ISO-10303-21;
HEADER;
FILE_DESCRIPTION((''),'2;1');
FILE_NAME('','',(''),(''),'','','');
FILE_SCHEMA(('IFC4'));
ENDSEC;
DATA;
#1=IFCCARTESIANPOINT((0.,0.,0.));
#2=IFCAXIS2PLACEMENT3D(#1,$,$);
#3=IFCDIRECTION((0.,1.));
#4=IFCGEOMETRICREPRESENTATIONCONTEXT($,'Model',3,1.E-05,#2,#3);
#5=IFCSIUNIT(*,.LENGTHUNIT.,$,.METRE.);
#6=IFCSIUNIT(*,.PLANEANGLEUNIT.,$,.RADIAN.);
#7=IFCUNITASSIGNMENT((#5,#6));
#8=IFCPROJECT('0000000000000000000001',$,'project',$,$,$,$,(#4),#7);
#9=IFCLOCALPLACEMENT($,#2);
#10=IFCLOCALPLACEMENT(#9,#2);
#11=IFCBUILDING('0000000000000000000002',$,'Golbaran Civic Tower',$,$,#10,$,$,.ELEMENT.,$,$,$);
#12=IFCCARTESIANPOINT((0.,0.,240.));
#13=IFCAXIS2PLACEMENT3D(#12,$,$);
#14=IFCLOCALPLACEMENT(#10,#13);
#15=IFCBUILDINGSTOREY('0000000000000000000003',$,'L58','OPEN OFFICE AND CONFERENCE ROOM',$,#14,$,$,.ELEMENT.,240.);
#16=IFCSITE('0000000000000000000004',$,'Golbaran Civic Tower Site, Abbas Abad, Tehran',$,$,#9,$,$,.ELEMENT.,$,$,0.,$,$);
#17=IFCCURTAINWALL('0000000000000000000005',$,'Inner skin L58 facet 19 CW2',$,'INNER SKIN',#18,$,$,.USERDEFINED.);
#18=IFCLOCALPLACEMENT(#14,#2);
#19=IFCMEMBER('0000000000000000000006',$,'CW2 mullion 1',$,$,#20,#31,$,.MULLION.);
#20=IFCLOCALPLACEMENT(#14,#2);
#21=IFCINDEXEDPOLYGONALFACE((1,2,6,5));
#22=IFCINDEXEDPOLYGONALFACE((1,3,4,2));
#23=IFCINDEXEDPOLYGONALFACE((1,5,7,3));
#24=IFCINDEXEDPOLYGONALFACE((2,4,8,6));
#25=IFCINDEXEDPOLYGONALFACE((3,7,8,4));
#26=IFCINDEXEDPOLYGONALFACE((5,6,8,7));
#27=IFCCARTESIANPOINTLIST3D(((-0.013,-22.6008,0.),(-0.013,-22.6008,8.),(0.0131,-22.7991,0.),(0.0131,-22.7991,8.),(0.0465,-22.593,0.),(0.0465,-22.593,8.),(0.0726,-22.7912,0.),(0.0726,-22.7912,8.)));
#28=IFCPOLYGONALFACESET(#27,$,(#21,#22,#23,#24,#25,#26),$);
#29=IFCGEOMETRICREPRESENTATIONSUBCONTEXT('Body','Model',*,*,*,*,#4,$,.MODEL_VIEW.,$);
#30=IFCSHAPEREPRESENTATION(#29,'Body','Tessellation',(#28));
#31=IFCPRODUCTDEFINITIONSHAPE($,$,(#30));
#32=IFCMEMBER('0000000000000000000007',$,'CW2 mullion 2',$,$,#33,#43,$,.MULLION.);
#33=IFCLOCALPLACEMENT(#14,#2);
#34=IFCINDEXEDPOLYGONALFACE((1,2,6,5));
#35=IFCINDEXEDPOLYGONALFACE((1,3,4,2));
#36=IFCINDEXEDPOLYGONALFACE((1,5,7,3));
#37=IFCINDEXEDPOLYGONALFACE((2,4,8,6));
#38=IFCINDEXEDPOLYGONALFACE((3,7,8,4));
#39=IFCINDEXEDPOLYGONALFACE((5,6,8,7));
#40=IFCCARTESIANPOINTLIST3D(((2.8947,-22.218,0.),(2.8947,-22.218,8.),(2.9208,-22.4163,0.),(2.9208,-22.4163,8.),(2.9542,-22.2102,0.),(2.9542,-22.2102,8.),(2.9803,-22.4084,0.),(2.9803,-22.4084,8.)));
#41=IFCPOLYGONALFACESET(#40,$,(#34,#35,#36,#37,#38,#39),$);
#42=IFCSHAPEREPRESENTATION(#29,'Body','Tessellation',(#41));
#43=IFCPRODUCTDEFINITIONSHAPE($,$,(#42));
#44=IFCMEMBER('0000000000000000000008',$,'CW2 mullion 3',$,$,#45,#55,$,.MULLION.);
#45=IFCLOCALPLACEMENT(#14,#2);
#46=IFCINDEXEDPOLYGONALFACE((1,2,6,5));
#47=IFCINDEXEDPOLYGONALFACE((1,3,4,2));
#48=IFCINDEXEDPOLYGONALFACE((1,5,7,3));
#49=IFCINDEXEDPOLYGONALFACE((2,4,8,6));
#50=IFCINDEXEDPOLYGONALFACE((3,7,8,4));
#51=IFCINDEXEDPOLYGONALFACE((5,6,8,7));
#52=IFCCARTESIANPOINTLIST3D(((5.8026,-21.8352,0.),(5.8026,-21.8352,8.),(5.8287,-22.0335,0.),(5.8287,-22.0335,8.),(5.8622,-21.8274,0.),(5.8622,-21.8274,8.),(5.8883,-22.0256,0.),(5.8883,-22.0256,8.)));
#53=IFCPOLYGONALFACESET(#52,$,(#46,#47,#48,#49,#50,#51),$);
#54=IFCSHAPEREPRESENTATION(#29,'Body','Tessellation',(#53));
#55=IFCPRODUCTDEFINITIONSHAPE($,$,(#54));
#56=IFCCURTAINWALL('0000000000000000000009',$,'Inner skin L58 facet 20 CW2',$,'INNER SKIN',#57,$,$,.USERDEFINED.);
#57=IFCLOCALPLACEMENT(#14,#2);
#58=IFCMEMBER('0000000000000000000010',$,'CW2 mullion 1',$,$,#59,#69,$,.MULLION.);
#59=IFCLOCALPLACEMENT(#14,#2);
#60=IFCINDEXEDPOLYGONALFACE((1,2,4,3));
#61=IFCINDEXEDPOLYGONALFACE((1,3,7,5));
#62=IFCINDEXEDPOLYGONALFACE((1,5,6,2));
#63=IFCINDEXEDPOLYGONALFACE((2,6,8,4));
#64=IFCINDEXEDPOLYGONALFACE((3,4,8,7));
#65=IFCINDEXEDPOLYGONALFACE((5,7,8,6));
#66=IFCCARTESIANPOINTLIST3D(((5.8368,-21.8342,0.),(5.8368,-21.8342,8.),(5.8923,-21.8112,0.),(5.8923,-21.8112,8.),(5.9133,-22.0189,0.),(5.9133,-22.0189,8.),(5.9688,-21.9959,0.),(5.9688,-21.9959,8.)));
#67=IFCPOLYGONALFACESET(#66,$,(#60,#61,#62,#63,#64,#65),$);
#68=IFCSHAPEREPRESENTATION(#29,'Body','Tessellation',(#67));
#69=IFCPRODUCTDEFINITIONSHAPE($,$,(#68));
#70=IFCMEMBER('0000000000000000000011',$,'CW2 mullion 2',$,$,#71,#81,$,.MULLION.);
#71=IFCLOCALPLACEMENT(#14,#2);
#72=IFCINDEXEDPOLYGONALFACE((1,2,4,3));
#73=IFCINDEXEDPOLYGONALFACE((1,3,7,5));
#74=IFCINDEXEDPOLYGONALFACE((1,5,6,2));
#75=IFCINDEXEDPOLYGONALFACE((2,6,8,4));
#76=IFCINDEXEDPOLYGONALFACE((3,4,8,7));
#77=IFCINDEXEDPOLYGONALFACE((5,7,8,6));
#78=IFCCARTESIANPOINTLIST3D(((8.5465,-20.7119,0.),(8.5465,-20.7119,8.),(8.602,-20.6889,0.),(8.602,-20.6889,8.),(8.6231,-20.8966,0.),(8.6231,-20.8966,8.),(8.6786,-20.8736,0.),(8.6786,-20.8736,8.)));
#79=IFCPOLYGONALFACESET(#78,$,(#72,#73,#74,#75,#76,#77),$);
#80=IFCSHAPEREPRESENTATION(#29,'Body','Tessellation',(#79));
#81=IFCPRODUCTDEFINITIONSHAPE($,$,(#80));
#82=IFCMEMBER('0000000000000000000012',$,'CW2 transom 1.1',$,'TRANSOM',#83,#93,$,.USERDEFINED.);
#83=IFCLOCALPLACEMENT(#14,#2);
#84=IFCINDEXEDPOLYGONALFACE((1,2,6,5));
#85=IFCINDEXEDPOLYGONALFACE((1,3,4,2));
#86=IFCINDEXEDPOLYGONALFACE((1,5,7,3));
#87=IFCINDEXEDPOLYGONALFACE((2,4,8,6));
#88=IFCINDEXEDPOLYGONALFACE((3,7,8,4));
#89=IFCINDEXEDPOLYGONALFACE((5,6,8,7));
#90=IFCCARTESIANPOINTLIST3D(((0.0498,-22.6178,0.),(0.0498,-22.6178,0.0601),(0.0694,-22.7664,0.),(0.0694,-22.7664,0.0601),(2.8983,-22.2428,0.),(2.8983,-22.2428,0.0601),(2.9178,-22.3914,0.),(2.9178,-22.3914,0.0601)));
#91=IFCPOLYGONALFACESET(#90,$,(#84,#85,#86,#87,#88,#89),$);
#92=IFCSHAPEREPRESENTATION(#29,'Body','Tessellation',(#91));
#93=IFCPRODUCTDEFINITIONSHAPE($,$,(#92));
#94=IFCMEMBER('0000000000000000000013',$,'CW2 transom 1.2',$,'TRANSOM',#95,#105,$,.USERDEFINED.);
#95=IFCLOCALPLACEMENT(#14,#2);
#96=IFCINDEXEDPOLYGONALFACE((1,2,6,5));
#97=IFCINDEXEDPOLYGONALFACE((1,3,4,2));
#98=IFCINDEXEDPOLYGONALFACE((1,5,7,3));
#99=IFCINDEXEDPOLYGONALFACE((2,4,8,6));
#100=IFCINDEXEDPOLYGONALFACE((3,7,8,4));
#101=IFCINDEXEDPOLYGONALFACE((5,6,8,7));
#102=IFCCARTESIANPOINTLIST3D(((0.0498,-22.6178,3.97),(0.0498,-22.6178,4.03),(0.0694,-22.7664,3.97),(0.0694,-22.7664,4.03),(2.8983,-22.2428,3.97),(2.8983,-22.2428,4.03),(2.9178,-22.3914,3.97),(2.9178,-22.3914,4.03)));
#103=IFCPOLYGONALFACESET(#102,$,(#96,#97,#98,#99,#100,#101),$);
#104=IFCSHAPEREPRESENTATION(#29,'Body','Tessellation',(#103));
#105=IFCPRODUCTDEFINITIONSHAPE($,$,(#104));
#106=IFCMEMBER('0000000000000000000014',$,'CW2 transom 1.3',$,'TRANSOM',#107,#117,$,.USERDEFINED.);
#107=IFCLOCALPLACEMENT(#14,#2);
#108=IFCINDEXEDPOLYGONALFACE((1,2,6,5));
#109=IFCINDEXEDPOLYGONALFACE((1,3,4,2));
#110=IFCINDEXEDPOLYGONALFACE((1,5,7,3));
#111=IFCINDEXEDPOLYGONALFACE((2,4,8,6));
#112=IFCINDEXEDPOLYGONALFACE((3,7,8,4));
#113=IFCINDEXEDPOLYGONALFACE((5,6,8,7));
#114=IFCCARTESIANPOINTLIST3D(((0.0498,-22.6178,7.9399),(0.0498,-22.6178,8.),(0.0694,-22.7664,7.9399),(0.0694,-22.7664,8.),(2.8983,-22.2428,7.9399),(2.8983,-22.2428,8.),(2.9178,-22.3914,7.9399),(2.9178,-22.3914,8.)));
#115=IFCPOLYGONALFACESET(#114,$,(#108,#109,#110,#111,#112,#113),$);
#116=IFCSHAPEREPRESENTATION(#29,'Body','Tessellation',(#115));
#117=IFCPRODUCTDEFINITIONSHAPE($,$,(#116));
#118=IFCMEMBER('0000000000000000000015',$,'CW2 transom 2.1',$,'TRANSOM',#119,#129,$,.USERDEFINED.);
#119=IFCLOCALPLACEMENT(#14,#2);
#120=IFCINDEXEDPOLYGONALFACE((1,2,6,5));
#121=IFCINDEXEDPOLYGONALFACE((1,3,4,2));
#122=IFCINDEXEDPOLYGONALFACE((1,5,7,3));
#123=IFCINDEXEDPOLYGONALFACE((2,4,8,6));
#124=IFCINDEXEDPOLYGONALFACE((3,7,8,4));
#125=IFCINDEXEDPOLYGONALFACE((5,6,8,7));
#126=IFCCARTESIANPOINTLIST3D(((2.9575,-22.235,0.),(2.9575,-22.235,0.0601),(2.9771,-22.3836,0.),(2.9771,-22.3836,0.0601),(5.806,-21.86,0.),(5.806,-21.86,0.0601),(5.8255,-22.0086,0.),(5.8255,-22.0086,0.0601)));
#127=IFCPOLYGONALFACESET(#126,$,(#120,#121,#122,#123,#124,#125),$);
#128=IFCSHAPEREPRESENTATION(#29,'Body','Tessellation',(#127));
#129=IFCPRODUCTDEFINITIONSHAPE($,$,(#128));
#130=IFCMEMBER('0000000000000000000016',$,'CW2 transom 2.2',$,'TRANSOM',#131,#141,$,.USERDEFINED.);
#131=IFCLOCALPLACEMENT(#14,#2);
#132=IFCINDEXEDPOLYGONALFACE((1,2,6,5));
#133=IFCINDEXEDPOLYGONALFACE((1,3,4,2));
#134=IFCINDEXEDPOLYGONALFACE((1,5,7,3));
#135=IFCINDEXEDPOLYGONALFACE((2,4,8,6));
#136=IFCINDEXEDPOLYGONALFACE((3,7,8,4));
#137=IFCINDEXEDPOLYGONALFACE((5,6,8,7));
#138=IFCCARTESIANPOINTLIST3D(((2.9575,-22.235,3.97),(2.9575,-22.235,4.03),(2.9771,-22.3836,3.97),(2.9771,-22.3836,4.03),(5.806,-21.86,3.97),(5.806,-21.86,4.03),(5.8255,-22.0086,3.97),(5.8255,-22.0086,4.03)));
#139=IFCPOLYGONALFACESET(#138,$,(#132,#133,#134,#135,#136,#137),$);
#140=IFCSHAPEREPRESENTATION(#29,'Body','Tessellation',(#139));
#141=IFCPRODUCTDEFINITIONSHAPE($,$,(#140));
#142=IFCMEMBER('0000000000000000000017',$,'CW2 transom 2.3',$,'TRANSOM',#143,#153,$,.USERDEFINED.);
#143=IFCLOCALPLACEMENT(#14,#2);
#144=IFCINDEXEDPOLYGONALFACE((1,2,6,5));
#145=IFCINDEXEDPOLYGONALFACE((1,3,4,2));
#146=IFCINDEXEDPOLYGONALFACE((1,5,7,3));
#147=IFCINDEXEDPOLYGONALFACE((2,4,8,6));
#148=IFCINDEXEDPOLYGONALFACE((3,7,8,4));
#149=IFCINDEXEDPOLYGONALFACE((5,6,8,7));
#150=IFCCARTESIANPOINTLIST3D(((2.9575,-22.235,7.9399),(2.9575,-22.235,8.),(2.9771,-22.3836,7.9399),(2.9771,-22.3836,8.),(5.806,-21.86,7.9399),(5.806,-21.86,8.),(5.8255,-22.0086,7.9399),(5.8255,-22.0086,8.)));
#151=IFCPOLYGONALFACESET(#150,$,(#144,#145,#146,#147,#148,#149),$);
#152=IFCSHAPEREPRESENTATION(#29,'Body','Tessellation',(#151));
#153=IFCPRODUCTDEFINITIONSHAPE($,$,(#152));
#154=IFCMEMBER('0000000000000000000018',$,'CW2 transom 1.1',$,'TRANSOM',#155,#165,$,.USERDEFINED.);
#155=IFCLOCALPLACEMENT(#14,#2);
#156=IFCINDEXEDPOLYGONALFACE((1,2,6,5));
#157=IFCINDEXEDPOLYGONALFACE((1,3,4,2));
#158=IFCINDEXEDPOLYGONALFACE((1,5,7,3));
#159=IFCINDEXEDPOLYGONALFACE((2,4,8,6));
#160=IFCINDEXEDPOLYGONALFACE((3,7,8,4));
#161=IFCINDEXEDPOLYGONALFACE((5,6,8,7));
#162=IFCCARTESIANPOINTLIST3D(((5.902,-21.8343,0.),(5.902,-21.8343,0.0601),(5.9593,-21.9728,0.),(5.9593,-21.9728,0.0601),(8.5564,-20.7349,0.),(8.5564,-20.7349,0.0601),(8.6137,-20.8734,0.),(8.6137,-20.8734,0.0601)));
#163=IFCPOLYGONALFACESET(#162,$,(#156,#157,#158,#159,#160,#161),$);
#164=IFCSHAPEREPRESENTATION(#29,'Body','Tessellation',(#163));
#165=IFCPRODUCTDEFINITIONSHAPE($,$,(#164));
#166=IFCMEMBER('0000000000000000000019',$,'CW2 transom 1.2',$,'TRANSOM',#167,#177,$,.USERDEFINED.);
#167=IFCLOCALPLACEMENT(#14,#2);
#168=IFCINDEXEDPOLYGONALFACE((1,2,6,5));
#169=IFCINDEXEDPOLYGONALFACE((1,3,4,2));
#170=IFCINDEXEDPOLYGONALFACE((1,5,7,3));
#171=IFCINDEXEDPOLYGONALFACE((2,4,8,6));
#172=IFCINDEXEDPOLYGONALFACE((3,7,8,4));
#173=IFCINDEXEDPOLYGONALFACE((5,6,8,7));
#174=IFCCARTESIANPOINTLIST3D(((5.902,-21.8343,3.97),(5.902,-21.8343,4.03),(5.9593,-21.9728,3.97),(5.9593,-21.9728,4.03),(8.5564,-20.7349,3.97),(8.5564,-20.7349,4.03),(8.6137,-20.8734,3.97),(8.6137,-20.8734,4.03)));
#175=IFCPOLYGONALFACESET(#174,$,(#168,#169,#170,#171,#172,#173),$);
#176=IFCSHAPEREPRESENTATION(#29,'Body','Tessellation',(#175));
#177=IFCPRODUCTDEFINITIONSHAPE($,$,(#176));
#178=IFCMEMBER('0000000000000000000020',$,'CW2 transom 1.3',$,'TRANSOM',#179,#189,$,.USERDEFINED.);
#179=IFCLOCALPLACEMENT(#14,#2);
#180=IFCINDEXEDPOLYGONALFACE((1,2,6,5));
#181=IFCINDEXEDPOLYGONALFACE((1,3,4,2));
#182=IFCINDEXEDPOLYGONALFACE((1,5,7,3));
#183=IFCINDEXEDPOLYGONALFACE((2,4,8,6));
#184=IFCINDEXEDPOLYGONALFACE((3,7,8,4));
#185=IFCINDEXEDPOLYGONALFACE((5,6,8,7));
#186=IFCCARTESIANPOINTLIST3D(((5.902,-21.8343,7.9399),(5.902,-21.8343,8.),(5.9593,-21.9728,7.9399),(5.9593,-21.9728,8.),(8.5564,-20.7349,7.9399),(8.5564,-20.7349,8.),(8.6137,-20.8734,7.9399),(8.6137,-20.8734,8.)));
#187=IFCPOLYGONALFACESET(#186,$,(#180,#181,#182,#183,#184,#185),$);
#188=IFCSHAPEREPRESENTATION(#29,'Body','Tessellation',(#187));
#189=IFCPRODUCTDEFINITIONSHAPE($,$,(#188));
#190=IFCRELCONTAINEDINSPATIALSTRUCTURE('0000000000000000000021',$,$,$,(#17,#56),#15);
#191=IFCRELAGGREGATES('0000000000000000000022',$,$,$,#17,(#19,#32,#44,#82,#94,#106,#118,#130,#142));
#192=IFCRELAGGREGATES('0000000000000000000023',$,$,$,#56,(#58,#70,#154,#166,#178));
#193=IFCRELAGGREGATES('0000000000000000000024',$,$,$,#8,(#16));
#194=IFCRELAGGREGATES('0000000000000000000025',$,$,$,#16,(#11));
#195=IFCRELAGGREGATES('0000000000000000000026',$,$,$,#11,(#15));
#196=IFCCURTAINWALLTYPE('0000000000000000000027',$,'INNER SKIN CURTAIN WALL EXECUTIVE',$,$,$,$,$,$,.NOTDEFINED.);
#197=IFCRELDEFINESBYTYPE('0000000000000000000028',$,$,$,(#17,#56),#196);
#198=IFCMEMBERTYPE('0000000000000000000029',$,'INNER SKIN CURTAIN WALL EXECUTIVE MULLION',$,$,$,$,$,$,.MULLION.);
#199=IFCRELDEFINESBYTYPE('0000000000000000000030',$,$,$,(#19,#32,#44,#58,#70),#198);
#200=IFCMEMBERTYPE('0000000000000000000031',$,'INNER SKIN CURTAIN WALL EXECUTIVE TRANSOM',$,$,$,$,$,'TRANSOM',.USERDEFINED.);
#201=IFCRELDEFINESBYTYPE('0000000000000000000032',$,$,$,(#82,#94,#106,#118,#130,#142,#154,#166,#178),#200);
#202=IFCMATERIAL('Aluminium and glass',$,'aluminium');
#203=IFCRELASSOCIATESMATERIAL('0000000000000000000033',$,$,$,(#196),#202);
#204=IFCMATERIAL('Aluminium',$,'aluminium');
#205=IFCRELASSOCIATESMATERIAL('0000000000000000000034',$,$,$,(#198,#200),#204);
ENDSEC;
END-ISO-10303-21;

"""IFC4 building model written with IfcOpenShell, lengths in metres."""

from ifc_helpers import new_model, si_unit, direction, frame, origin, origin_2d, place, context, subcontext, project, spatial, rectangle, extrude, material, material_profile, profile_set, type_object, element, aggregate, save


model = new_model("IFC4")

# Units and contexts
model_context = context("Model", 3, precision=1e-05, world=origin(), true_north=direction((0.0, 1.0)))
body_context = subcontext(model_context, "Body", "Model", "MODEL_VIEW")
ifc_project = project(units=[si_unit("LENGTHUNIT", "METRE"), si_unit("PLANEANGLEUNIT", "RADIAN")], contexts=[model_context])

# Site, building, storey
site_placement = place(None, origin())
site = spatial("IfcSite", under=ifc_project, at=site_placement, Name="Golbaran Civic Tower Site, Abbas Abad, Tehran", CompositionType="ELEMENT", RefElevation=0.0)
building_placement = place(site_placement, origin())
building = spatial("IfcBuilding", under=site, at=building_placement, Name="Golbaran Civic Tower", CompositionType="ELEMENT")
storey_placement = place(building_placement, frame((0.0, 0.0, 240.0)))
storey = spatial("IfcBuildingStorey", under=building, at=storey_placement, Name="L58", Description="OPEN OFFICE AND CONFERENCE ROOM", CompositionType="ELEMENT", Elevation=240.0)

# Curtain walls, members
ifc_material_1 = material(Name="Aluminium and glass", Category="aluminium")
curtain_wall_type = type_object("IfcCurtainWallType", Name="INNER SKIN CURTAIN WALL EXECUTIVE", PredefinedType="NOTDEFINED", material=ifc_material_1)
curtain_wall_1_placement = place(storey_placement, origin())
curtain_wall_1 = element("IfcCurtainWall", 1, at=curtain_wall_1_placement, inside=storey, type_object=curtain_wall_type, Name="Inner skin L58 facet 19 CW2", ObjectType="INNER SKIN", PredefinedType="USERDEFINED")
ifc_material_2 = material(Name="Aluminium", Category="aluminium")
ifc_material_profile_1 = material_profile(ifc_material_2, rectangle(XDim=0.2, YDim=0.0601, at=origin_2d()), Name="INNER SKIN CURTAIN WALL EXECUTIVE MULLION")
ifc_profile_set_1 = profile_set([ifc_material_profile_1], Name="Aluminium")
member_type_1 = type_object("IfcMemberType", Name="INNER SKIN CURTAIN WALL EXECUTIVE MULLION", PredefinedType="MULLION", material=ifc_profile_set_1)
member_1_placement = place(storey_placement, frame((0.0298, -22.696, 0.0), z_axis=(0.0, 0.0, 1.0), x_axis=(-0.130526, 0.991445, 0.0)))
member_1 = element("IfcMember", 2, at=member_1_placement, type_object=member_type_1, Name="CW2 mullion 1", PredefinedType="MULLION", context=body_context, shape_type="SweptSolid", body=[
    extrude(rectangle(XDim=0.2, YDim=0.0601, at=origin_2d()), origin(), (0.0, 0.0, 1.0), 8.0),
])
member_2_placement = place(storey_placement, frame((2.9375, -22.3132, 0.0), z_axis=(0.0, 0.0, 1.0), x_axis=(-0.130526, 0.991445, 0.0)))
member_2 = element("IfcMember", 3, at=member_2_placement, type_object=member_type_1, Name="CW2 mullion 2", PredefinedType="MULLION", context=body_context, shape_type="SweptSolid", body=[
    extrude(rectangle(XDim=0.2, YDim=0.0601, at=origin_2d()), origin(), (0.0, 0.0, 1.0), 8.0),
])
member_3_placement = place(storey_placement, frame((5.8455, -21.9304, 0.0), z_axis=(0.0, 0.0, 1.0), x_axis=(-0.130526, 0.991445, 0.0)))
member_3 = element("IfcMember", 4, at=member_3_placement, type_object=member_type_1, Name="CW2 mullion 3", PredefinedType="MULLION", context=body_context, shape_type="SweptSolid", body=[
    extrude(rectangle(XDim=0.2, YDim=0.0601, at=origin_2d()), origin(), (0.0, 0.0, 1.0), 8.0),
])
curtain_wall_2_placement = place(storey_placement, origin())
curtain_wall_2 = element("IfcCurtainWall", 5, at=curtain_wall_2_placement, inside=storey, type_object=curtain_wall_type, Name="Inner skin L58 facet 20 CW2", ObjectType="INNER SKIN", PredefinedType="USERDEFINED")
member_4_placement = place(storey_placement, frame((5.9028, -21.915, 0.0), z_axis=(0.0, 0.0, 1.0), x_axis=(-0.382683, 0.92388, 0.0)))
member_4 = element("IfcMember", 6, at=member_4_placement, type_object=member_type_1, Name="CW2 mullion 1", PredefinedType="MULLION", context=body_context, shape_type="SweptSolid", body=[
    extrude(rectangle(XDim=0.2, YDim=0.0601, at=origin_2d()), origin(), (0.0, 0.0, 1.0), 8.0),
])
member_5_placement = place(storey_placement, frame((8.6125, -20.7927, 0.0), z_axis=(0.0, 0.0, 1.0), x_axis=(-0.382683, 0.92388, 0.0)))
member_5 = element("IfcMember", 7, at=member_5_placement, type_object=member_type_1, Name="CW2 mullion 2", PredefinedType="MULLION", context=body_context, shape_type="SweptSolid", body=[
    extrude(rectangle(XDim=0.2, YDim=0.0601, at=origin_2d()), origin(), (0.0, 0.0, 1.0), 8.0),
])

# Members
ifc_material_profile_2 = material_profile(ifc_material_2, rectangle(XDim=0.1499, YDim=0.0601, at=origin_2d()), Name="INNER SKIN CURTAIN WALL EXECUTIVE TRANSOM")
ifc_profile_set_2 = profile_set([ifc_material_profile_2], Name="Aluminium")
member_type_2 = type_object("IfcMemberType", Name="INNER SKIN CURTAIN WALL EXECUTIVE TRANSOM", ElementType="TRANSOM", PredefinedType="USERDEFINED", material=ifc_profile_set_2)
member_6_placement = place(storey_placement, frame((0.0596, -22.6921, 0.03), z_axis=(0.991445, 0.130527, 0.0), x_axis=(-0.130527, 0.991445, 0.0)))
member_6 = element("IfcMember", 8, at=member_6_placement, type_object=member_type_2, Name="CW2 transom 1.1", ObjectType="TRANSOM", PredefinedType="USERDEFINED", context=body_context, shape_type="SweptSolid", body=[
    extrude(rectangle(XDim=0.1499, YDim=0.0601, at=origin_2d()), origin(), (0.0, 0.0, 1.0), 2.873),
])
member_7_placement = place(storey_placement, frame((0.0596, -22.6921, 4.0), z_axis=(0.991445, 0.130527, 0.0), x_axis=(-0.130527, 0.991445, 0.0)))
member_7 = element("IfcMember", 9, at=member_7_placement, type_object=member_type_2, Name="CW2 transom 1.2", ObjectType="TRANSOM", PredefinedType="USERDEFINED", context=body_context, shape_type="SweptSolid", body=[
    extrude(rectangle(XDim=0.1499, YDim=0.0601, at=origin_2d()), origin(), (0.0, 0.0, 1.0), 2.873),
])
member_8_placement = place(storey_placement, frame((0.0596, -22.6921, 7.97), z_axis=(0.991445, 0.130527, 0.0), x_axis=(-0.130527, 0.991445, 0.0)))
member_8 = element("IfcMember", 10, at=member_8_placement, type_object=member_type_2, Name="CW2 transom 1.3", ObjectType="TRANSOM", PredefinedType="USERDEFINED", context=body_context, shape_type="SweptSolid", body=[
    extrude(rectangle(XDim=0.1499, YDim=0.0601, at=origin_2d()), origin(), (0.0, 0.0, 1.0), 2.873),
])
member_9_placement = place(storey_placement, frame((2.9673, -22.3093, 0.03), z_axis=(0.991445, 0.130527, 0.0), x_axis=(-0.130527, 0.991445, 0.0)))
member_9 = element("IfcMember", 11, at=member_9_placement, type_object=member_type_2, Name="CW2 transom 2.1", ObjectType="TRANSOM", PredefinedType="USERDEFINED", context=body_context, shape_type="SweptSolid", body=[
    extrude(rectangle(XDim=0.1499, YDim=0.0601, at=origin_2d()), origin(), (0.0, 0.0, 1.0), 2.873),
])
member_10_placement = place(storey_placement, frame((2.9673, -22.3093, 4.0), z_axis=(0.991445, 0.130527, 0.0), x_axis=(-0.130527, 0.991445, 0.0)))
member_10 = element("IfcMember", 12, at=member_10_placement, type_object=member_type_2, Name="CW2 transom 2.2", ObjectType="TRANSOM", PredefinedType="USERDEFINED", context=body_context, shape_type="SweptSolid", body=[
    extrude(rectangle(XDim=0.1499, YDim=0.0601, at=origin_2d()), origin(), (0.0, 0.0, 1.0), 2.873),
])
member_11_placement = place(storey_placement, frame((2.9673, -22.3093, 7.97), z_axis=(0.991445, 0.130527, 0.0), x_axis=(-0.130527, 0.991445, 0.0)))
member_11 = element("IfcMember", 13, at=member_11_placement, type_object=member_type_2, Name="CW2 transom 2.3", ObjectType="TRANSOM", PredefinedType="USERDEFINED", context=body_context, shape_type="SweptSolid", body=[
    extrude(rectangle(XDim=0.1499, YDim=0.0601, at=origin_2d()), origin(), (0.0, 0.0, 1.0), 2.873),
])
member_12_placement = place(storey_placement, frame((5.9307, -21.9036, 0.03), z_axis=(0.923889, 0.38266, 0.0), x_axis=(-0.38266, 0.923889, 0.0)))
member_12 = element("IfcMember", 14, at=member_12_placement, type_object=member_type_2, Name="CW2 transom 1.1", ObjectType="TRANSOM", PredefinedType="USERDEFINED", context=body_context, shape_type="SweptSolid", body=[
    extrude(rectangle(XDim=0.1499, YDim=0.0601, at=origin_2d()), origin(), (0.0, 0.0, 1.0), 2.873),
])
member_13_placement = place(storey_placement, frame((5.9307, -21.9036, 4.0), z_axis=(0.923889, 0.38266, 0.0), x_axis=(-0.38266, 0.923889, 0.0)))
member_13 = element("IfcMember", 15, at=member_13_placement, type_object=member_type_2, Name="CW2 transom 1.2", ObjectType="TRANSOM", PredefinedType="USERDEFINED", context=body_context, shape_type="SweptSolid", body=[
    extrude(rectangle(XDim=0.1499, YDim=0.0601, at=origin_2d()), origin(), (0.0, 0.0, 1.0), 2.873),
])
member_14_placement = place(storey_placement, frame((5.9307, -21.9036, 7.97), z_axis=(0.923889, 0.38266, 0.0), x_axis=(-0.38266, 0.923889, 0.0)))
member_14 = element("IfcMember", 16, at=member_14_placement, type_object=member_type_2, Name="CW2 transom 1.3", ObjectType="TRANSOM", PredefinedType="USERDEFINED", context=body_context, shape_type="SweptSolid", body=[
    extrude(rectangle(XDim=0.1499, YDim=0.0601, at=origin_2d()), origin(), (0.0, 0.0, 1.0), 2.873),
])

aggregate(curtain_wall_1, [member_1, member_2, member_3, member_6, member_7, member_8, member_9, member_10, member_11])
aggregate(curtain_wall_2, [member_4, member_5, member_12, member_13, member_14])

save(model, "model.ifc")
